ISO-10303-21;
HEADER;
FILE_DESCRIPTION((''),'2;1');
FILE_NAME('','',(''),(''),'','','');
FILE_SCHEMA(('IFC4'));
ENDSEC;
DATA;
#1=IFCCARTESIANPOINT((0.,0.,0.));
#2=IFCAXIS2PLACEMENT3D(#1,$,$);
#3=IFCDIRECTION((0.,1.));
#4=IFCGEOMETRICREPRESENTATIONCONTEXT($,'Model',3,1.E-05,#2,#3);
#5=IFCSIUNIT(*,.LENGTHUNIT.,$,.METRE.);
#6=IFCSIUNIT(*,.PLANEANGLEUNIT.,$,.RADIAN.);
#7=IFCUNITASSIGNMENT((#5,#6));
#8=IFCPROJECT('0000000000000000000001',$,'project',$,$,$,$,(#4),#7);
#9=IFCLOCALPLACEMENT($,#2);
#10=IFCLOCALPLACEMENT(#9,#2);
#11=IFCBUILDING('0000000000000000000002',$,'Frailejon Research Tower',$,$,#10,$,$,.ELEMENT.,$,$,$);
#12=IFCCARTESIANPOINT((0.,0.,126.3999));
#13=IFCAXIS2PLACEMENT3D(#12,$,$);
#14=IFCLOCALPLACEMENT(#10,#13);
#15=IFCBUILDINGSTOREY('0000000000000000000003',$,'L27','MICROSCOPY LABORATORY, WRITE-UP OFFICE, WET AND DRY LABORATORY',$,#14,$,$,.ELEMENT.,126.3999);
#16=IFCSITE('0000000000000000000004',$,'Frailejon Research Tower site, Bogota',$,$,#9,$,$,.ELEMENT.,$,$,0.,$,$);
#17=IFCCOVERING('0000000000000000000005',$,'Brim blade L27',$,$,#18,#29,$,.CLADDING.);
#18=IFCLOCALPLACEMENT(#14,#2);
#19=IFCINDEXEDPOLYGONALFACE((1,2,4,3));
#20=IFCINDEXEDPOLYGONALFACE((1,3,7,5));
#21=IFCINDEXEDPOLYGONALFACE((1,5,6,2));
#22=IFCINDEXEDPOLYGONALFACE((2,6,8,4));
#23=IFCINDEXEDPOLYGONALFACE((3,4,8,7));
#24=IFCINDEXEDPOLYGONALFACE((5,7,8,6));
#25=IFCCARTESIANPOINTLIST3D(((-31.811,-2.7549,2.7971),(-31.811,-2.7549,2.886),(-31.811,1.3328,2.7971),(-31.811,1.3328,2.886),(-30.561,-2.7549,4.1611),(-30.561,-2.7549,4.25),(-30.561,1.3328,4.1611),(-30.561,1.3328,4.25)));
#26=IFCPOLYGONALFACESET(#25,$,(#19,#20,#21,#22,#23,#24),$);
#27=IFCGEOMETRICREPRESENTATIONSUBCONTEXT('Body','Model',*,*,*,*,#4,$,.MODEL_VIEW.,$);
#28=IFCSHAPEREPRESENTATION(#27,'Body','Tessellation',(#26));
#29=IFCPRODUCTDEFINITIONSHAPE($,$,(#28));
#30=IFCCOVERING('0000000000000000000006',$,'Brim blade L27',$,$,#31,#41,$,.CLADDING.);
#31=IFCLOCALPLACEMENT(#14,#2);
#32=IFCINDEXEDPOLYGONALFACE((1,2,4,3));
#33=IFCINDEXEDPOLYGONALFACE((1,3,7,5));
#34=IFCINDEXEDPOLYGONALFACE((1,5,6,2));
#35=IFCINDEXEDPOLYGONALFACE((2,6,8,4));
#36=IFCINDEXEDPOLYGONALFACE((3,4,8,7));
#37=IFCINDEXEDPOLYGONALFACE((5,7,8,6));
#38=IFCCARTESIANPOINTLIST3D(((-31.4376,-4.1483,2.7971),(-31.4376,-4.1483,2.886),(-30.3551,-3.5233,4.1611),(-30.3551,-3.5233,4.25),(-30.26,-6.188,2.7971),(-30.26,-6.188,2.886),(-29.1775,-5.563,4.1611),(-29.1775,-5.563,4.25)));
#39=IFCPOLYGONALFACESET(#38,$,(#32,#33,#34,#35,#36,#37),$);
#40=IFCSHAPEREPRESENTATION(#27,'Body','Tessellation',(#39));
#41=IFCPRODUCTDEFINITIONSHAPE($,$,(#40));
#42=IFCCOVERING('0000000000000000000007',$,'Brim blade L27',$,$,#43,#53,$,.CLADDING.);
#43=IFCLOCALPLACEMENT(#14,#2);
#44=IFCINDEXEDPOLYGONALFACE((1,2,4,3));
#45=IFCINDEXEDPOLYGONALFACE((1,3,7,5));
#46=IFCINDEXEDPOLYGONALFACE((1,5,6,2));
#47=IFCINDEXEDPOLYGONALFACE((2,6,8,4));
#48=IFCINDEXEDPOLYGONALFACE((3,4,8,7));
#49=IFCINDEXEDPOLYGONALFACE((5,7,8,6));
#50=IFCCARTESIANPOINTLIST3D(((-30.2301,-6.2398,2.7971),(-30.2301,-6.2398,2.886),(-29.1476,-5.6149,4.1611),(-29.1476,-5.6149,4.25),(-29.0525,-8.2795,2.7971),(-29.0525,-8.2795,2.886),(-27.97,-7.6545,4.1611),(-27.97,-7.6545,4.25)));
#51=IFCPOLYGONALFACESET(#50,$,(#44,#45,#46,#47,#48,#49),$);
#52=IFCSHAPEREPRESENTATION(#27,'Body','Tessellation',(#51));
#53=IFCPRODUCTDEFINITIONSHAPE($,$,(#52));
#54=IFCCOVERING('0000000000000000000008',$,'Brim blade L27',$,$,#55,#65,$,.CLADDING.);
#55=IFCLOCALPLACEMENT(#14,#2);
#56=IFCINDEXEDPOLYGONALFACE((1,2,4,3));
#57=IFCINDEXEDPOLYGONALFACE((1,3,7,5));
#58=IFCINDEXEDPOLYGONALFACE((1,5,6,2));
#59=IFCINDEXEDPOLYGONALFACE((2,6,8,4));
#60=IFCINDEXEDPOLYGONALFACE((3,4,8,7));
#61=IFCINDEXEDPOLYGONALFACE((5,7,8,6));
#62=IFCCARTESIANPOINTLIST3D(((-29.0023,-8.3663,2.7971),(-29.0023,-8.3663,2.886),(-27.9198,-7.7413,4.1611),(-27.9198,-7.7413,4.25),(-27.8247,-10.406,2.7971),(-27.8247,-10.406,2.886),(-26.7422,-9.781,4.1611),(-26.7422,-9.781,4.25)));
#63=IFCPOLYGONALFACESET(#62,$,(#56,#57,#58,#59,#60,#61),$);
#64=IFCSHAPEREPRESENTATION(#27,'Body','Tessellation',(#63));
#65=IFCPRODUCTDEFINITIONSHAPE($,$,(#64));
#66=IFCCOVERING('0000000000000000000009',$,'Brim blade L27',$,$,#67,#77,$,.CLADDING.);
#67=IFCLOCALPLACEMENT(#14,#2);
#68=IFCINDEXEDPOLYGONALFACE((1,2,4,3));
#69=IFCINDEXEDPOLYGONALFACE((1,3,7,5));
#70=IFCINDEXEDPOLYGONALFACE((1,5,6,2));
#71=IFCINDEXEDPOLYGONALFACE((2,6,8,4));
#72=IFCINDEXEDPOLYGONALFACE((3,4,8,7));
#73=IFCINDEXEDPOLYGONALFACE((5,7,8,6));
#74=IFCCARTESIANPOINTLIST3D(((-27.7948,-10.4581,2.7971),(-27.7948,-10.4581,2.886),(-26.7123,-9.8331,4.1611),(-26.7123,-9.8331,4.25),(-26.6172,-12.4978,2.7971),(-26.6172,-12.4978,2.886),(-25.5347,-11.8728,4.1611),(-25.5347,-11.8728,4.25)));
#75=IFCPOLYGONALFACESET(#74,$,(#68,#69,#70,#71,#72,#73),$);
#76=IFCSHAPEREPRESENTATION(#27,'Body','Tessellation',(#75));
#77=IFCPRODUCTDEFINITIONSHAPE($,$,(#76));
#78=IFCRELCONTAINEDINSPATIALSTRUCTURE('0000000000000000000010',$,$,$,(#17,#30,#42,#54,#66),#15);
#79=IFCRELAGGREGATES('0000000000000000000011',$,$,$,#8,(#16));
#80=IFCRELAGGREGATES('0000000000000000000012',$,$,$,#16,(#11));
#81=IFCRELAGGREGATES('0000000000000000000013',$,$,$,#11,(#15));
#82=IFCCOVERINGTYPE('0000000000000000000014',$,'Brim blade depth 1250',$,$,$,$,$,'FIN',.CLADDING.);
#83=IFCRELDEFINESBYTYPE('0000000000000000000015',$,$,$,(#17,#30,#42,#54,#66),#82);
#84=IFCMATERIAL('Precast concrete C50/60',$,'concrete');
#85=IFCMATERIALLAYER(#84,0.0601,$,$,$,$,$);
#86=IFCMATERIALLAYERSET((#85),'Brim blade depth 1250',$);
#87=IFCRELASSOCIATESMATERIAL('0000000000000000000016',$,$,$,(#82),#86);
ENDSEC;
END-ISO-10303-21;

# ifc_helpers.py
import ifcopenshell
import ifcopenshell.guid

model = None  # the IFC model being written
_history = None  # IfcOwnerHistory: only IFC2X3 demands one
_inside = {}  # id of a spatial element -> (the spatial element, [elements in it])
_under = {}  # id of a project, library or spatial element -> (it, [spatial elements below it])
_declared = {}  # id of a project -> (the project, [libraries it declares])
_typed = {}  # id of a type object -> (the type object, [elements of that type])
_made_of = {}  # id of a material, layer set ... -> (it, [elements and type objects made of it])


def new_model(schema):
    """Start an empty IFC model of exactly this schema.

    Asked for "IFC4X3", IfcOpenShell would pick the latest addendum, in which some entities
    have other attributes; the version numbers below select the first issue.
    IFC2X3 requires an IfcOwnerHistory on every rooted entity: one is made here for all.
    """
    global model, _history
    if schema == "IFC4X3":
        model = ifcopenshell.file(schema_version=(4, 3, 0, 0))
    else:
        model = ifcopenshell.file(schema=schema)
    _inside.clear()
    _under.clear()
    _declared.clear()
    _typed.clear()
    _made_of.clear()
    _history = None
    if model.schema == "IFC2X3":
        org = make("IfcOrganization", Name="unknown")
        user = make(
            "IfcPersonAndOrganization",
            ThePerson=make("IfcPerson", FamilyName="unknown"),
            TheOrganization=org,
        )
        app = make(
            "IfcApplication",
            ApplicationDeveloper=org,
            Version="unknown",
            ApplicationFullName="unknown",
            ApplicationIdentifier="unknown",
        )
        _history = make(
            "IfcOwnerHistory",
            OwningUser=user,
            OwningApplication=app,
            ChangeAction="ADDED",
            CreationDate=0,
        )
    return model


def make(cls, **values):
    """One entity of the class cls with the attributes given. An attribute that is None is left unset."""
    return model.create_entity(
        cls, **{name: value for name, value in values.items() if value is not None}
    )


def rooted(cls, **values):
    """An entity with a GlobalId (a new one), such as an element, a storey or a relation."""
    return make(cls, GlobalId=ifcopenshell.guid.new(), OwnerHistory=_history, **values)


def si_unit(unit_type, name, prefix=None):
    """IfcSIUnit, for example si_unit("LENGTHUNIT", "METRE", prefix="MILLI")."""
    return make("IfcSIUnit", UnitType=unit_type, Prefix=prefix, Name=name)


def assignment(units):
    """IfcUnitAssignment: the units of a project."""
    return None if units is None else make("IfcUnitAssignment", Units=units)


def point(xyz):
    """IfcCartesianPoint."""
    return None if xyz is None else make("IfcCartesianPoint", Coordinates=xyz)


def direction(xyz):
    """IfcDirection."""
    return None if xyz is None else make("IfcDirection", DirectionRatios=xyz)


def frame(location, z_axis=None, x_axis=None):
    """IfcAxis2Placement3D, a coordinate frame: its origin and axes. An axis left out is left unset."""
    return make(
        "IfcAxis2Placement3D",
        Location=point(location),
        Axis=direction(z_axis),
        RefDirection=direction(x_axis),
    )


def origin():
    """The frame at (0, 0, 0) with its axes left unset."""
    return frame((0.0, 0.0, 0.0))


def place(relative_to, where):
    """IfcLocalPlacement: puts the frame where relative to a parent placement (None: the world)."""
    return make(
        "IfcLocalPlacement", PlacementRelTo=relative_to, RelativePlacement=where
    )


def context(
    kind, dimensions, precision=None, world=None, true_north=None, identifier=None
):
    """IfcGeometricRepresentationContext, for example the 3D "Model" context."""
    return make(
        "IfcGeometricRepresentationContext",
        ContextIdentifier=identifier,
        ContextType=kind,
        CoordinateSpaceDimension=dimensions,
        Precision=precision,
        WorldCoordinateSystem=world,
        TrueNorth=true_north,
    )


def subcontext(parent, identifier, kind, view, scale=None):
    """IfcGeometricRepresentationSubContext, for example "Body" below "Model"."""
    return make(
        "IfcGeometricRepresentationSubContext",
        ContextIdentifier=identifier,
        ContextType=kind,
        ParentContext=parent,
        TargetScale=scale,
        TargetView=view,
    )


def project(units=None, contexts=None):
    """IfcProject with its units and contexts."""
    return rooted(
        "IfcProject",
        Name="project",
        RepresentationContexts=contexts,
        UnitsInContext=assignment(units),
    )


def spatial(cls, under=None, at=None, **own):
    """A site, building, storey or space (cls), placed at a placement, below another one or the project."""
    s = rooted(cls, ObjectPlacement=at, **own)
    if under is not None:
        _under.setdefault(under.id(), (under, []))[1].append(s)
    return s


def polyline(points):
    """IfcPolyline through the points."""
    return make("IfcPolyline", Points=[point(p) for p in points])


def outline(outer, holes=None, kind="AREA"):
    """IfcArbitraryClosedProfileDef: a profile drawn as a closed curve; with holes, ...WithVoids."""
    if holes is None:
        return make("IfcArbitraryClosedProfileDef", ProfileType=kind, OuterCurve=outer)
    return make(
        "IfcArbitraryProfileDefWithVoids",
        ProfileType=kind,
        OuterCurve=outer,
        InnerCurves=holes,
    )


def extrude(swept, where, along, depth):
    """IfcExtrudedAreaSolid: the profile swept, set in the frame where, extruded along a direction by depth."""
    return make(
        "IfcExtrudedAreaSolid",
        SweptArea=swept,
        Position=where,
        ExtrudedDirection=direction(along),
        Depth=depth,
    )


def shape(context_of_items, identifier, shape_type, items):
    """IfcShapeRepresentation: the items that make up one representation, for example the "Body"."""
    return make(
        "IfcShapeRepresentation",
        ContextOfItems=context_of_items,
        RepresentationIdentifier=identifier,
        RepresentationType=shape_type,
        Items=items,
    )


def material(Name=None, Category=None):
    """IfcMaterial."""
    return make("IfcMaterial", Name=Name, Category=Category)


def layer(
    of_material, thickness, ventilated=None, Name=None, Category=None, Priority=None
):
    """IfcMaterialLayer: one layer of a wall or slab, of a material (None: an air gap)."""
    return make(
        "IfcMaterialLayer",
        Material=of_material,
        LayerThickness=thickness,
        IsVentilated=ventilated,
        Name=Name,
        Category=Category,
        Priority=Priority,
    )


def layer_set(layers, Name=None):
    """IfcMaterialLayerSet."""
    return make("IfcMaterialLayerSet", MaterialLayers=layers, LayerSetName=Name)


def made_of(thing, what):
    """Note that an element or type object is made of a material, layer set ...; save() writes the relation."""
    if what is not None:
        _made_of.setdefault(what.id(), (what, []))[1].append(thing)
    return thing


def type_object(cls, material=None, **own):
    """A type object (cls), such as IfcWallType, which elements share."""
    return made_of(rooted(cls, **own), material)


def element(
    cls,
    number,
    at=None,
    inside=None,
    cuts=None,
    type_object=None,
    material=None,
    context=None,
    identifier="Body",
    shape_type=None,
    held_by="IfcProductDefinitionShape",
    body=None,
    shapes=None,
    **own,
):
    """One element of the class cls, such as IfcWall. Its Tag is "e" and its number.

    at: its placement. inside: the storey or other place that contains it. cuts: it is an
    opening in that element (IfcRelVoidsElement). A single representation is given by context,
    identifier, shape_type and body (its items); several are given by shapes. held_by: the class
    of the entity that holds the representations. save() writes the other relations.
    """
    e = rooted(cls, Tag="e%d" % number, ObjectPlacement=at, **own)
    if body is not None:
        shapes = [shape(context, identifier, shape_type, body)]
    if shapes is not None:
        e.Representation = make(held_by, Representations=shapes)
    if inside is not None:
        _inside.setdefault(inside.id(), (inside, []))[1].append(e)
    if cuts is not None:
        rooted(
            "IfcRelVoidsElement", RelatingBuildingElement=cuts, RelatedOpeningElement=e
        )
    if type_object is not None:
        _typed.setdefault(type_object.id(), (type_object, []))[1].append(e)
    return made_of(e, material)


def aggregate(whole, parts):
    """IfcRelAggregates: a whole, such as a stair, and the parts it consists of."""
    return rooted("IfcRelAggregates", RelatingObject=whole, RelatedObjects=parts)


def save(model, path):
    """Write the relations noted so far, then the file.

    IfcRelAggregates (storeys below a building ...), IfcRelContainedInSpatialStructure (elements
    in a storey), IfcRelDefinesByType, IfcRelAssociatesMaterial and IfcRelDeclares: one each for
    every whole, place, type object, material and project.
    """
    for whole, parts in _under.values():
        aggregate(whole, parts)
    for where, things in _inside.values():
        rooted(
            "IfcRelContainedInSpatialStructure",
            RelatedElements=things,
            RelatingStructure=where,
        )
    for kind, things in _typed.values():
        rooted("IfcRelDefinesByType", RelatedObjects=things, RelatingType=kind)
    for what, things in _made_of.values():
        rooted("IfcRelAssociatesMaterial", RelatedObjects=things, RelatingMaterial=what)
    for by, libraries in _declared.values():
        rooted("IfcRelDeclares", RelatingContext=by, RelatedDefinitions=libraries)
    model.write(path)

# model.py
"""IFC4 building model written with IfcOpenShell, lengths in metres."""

from ifc_helpers import new_model, si_unit, direction, frame, origin, place, context, subcontext, project, spatial, polyline, outline, extrude, material, layer, layer_set, type_object, element, save


model = new_model("IFC4")

# Units and contexts
model_context = context("Model", 3, precision=1e-05, world=origin(), true_north=direction((0.0, 1.0)))
body_context = subcontext(model_context, "Body", "Model", "MODEL_VIEW")
ifc_project = project(units=[si_unit("LENGTHUNIT", "METRE"), si_unit("PLANEANGLEUNIT", "RADIAN")], contexts=[model_context])

# Site, building, storey
site_placement = place(None, origin())
site = spatial("IfcSite", under=ifc_project, at=site_placement, Name="Frailejon Research Tower site, Bogota", CompositionType="ELEMENT", RefElevation=0.0)
building_placement = place(site_placement, origin())
building = spatial("IfcBuilding", under=site, at=building_placement, Name="Frailejon Research Tower", CompositionType="ELEMENT")
storey_placement = place(building_placement, frame((0.0, 0.0, 126.3999)))
storey = spatial("IfcBuildingStorey", under=building, at=storey_placement, Name="L27", Description="MICROSCOPY LABORATORY, WRITE-UP OFFICE, WET AND DRY LABORATORY", CompositionType="ELEMENT", Elevation=126.3999)

# Coverings
ifc_material_1 = material(Name="Precast concrete C50/60", Category="concrete")
ifc_layer_1 = layer(ifc_material_1, 0.0601)
ifc_layer_set_1 = layer_set([ifc_layer_1], Name="Brim blade depth 1250")
covering_type_1 = type_object("IfcCoveringType", Name="Brim blade depth 1250", ElementType="FIN", PredefinedType="CLADDING", material=ifc_layer_set_1)
covering_1_placement = place(storey_placement, frame((-30.561, -2.7549, 4.25), z_axis=(0.0, 1.0, 0.0), x_axis=(-1.0, 0.0, 0.0)))
element("IfcCovering", 1, at=covering_1_placement, inside=storey, type_object=covering_type_1, Name="Brim blade L27", PredefinedType="CLADDING", context=body_context, shape_type="SweptSolid", body=[
    extrude(outline(polyline([(0.0, -0.0889), (1.25, -1.4529), (1.25, -1.364), (0.0, 0.0), (0.0, -0.0889)])), origin(), (0.0, 0.0, 1.0), 4.0876),
])
for number, where, z_axis, x_axis, name in (
    (2, (-29.1775, -5.563, 4.25), (-0.499997, 0.866027, 0.0), (-0.866027, -0.499997, 0.0), "Brim blade L27"),
    (3, (-27.97, -7.6545, 4.25), (-0.499997, 0.866027, 0.0), (-0.866027, -0.499997, 0.0), "Brim blade L27"),
    (4, (-26.7422, -9.781, 4.25), (-0.499997, 0.866027, 0.0), (-0.866027, -0.499997, 0.0), "Brim blade L27"),
    (5, (-25.5347, -11.8728, 4.25), (-0.499997, 0.866027, 0.0), (-0.866027, -0.499997, 0.0), "Brim blade L27"),
):
    element("IfcCovering", number, at=place(storey_placement, frame(where, z_axis=z_axis, x_axis=x_axis)), inside=storey, type_object=covering_type_1, Name=name, PredefinedType="CLADDING", context=body_context, shape_type="SweptSolid", body=[
        extrude(outline(polyline([(0.0, -0.0889), (1.25, -1.4529), (1.25, -1.364), (0.0, 0.0), (0.0, -0.0889)])), origin(), (0.0, 0.0, 1.0), 2.3552),
    ])

save(model, "model.ifc")
